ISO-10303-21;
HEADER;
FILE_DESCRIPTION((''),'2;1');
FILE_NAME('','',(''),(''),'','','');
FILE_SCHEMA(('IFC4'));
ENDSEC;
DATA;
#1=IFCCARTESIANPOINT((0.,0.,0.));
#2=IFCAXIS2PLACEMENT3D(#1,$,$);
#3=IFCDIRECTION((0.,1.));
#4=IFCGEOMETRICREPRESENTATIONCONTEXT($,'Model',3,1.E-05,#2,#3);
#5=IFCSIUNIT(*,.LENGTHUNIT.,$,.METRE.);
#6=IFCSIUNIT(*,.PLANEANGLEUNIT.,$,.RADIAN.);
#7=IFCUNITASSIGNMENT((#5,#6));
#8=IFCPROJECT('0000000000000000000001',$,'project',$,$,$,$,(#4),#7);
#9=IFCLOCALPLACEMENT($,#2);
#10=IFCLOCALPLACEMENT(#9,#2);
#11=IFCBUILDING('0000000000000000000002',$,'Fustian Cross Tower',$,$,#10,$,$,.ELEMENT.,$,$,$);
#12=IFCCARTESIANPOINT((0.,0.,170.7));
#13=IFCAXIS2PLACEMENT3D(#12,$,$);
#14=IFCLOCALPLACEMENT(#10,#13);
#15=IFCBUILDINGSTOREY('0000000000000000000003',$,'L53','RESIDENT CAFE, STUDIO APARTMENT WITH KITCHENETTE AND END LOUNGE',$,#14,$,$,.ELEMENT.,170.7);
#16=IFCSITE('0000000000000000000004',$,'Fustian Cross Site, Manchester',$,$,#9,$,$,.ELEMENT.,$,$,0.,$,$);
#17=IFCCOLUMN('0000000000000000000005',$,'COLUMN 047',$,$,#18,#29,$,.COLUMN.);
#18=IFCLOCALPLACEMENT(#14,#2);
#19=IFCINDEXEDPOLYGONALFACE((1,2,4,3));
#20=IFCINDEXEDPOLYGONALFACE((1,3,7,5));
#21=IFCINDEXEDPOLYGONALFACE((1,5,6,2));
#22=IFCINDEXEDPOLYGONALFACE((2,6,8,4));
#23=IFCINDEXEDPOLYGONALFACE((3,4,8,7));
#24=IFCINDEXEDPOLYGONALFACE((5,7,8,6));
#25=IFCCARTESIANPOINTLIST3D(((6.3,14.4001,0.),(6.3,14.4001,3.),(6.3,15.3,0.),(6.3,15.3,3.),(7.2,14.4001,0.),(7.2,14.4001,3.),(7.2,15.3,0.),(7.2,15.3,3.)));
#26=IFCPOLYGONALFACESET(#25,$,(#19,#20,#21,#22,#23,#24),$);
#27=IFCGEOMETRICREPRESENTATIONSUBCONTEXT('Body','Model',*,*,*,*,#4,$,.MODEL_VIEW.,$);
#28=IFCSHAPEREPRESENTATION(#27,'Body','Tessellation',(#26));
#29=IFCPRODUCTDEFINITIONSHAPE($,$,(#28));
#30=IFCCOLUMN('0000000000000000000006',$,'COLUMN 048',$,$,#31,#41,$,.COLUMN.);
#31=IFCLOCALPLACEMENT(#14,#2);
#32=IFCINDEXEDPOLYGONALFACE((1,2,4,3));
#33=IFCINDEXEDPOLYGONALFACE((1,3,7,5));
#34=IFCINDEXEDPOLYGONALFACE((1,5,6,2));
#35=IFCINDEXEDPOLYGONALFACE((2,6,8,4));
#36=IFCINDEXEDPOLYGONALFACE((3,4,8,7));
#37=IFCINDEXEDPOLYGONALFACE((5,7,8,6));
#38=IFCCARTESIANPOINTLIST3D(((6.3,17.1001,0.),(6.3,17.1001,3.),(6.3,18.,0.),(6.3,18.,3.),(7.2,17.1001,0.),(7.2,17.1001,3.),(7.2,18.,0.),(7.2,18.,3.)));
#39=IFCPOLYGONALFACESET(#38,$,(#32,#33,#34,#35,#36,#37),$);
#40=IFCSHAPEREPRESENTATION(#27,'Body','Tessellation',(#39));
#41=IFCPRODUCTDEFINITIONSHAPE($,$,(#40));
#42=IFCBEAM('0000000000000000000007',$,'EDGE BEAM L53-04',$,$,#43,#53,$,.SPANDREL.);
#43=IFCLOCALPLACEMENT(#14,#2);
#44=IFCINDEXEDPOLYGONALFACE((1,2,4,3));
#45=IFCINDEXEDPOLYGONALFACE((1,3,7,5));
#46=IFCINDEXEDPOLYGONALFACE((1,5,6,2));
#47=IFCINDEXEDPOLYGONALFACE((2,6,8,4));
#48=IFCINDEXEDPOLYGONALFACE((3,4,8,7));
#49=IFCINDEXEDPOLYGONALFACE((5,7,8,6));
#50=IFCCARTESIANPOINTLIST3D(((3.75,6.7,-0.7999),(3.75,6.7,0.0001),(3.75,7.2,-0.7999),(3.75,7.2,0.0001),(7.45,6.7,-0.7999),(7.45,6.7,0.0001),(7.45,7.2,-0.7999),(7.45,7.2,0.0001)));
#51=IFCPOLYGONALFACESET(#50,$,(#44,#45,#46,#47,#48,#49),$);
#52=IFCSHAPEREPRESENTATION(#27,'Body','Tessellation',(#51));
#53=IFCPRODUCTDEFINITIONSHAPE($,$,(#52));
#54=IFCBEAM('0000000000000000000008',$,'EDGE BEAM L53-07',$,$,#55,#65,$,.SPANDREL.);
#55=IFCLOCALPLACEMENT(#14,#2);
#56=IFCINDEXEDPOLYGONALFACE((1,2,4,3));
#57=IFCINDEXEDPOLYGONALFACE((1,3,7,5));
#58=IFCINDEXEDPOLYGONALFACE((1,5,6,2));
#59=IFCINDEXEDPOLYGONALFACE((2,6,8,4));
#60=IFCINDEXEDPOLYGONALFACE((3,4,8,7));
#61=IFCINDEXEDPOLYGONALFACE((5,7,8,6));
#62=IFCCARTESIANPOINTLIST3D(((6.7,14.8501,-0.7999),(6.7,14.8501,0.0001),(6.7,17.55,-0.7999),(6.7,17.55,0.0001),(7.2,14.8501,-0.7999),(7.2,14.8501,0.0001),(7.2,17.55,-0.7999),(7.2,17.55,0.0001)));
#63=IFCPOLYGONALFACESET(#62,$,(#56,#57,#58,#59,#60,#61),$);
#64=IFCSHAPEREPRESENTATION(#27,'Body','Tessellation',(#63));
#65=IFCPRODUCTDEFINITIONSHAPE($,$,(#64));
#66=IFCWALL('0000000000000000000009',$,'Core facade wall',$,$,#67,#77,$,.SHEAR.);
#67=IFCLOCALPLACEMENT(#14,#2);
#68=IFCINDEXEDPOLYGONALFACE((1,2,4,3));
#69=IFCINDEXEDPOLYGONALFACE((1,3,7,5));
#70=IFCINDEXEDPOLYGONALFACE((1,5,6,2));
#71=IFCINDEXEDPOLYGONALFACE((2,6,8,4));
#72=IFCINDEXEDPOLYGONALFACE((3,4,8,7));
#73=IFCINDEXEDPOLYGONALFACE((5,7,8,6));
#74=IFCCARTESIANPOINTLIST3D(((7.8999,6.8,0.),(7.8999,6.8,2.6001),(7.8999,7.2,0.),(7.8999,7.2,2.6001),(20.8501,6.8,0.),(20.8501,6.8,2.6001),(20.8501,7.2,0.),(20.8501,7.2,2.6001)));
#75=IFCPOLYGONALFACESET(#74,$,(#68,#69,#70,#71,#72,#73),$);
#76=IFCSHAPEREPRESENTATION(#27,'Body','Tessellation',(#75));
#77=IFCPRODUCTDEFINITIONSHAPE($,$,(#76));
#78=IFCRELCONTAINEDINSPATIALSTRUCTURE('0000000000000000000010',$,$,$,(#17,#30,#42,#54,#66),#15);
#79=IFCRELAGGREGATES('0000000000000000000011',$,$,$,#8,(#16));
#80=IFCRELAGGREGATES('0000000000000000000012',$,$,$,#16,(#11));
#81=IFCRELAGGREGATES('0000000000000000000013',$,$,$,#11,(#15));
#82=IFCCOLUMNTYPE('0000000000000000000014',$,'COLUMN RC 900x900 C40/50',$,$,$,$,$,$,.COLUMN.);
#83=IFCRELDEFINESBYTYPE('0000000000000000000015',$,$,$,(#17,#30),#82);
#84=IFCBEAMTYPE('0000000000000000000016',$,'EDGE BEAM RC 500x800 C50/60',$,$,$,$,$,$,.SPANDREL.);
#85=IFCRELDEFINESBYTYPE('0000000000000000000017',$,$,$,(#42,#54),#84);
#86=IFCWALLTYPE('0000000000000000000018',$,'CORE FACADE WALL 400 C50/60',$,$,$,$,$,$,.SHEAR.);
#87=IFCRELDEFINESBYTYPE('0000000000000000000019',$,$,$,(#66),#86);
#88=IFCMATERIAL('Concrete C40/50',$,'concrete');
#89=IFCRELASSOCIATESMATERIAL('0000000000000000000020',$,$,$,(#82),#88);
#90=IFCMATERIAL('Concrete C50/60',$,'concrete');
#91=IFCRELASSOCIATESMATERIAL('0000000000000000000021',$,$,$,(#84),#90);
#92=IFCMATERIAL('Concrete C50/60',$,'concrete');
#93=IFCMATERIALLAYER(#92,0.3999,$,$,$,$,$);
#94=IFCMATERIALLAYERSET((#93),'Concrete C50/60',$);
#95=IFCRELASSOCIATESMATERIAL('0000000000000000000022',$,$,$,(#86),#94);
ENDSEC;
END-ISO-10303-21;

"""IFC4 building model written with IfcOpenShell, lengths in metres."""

from ifc_helpers import new_model, si_unit, direction, frame, frame_2d, origin, origin_2d, place, context, subcontext, project, spatial, rectangle, extrude, material, layer, layer_set, material_profile, profile_set, type_object, element, save


model = new_model("IFC4")

# Units and contexts
model_context = context("Model", 3, precision=1e-05, world=origin(), true_north=direction((0.0, 1.0)))
body_context = subcontext(model_context, "Body", "Model", "MODEL_VIEW")
ifc_project = project(units=[si_unit("LENGTHUNIT", "METRE"), si_unit("PLANEANGLEUNIT", "RADIAN")], contexts=[model_context])

# Site, building, storey
site_placement = place(None, origin())
site = spatial("IfcSite", under=ifc_project, at=site_placement, Name="Fustian Cross Site, Manchester", CompositionType="ELEMENT", RefElevation=0.0)
building_placement = place(site_placement, origin())
building = spatial("IfcBuilding", under=site, at=building_placement, Name="Fustian Cross Tower", CompositionType="ELEMENT")
storey_placement = place(building_placement, frame((0.0, 0.0, 170.7)))
storey = spatial("IfcBuildingStorey", under=building, at=storey_placement, Name="L53", Description="RESIDENT CAFE, STUDIO APARTMENT WITH KITCHENETTE AND END LOUNGE", CompositionType="ELEMENT", Elevation=170.7)

# Columns
ifc_material_1 = material(Name="Concrete C40/50", Category="concrete")
ifc_material_profile_1 = material_profile(ifc_material_1, rectangle(XDim=0.8999, YDim=0.8999, at=origin_2d()), Name="RC 900x900")
ifc_profile_set_1 = profile_set([ifc_material_profile_1], Name="Concrete C40/50")
column_type = type_object("IfcColumnType", Name="COLUMN RC 900x900 C40/50", PredefinedType="COLUMN", material=ifc_profile_set_1)
for number, where, z_axis, x_axis, name in (
    (1, (6.75, 14.8501, 0.0), (0.0, 0.0, 1.0), (1.0, 0.0, 0.0), "COLUMN 047"),
    (2, (6.75, 17.55, 0.0), (0.0, 0.0, 1.0), (1.0, 0.0, 0.0), "COLUMN 048"),
):
    element("IfcColumn", number, at=place(storey_placement, frame(where, z_axis=z_axis, x_axis=x_axis)), inside=storey, type_object=column_type, Name=name, PredefinedType="COLUMN", context=body_context, shape_type="SweptSolid", body=[
        extrude(rectangle(XDim=0.8999, YDim=0.8999, at=origin_2d()), origin(), (0.0, 0.0, 1.0), 3.0),
    ])

# Beams
ifc_material_2 = material(Name="Concrete C50/60", Category="concrete")
ifc_material_profile_2 = material_profile(ifc_material_2, rectangle(XDim=0.5, YDim=0.8, at=origin_2d()), Name="RC 500x800")
ifc_profile_set_2 = profile_set([ifc_material_profile_2], Name="Concrete C50/60")
beam_type = type_object("IfcBeamType", Name="EDGE BEAM RC 500x800 C50/60", PredefinedType="SPANDREL", material=ifc_profile_set_2)
beam_1_placement = place(storey_placement, frame((7.45, 6.95, -0.3999), z_axis=(-1.0, 0.0, 0.0), x_axis=(0.0, -1.0, 0.0)))
element("IfcBeam", 3, at=beam_1_placement, inside=storey, type_object=beam_type, Name="EDGE BEAM L53-04", PredefinedType="SPANDREL", context=body_context, shape_type="SweptSolid", body=[
    extrude(rectangle(XDim=0.5, YDim=0.8, at=origin_2d()), origin(), (0.0, 0.0, 1.0), 3.7),
])
beam_2_placement = place(storey_placement, frame((6.95, 14.8501, -0.3999), z_axis=(0.0, 1.0, 0.0), x_axis=(-1.0, 0.0, 0.0)))
element("IfcBeam", 4, at=beam_2_placement, inside=storey, type_object=beam_type, Name="EDGE BEAM L53-07", PredefinedType="SPANDREL", context=body_context, shape_type="SweptSolid", body=[
    extrude(rectangle(XDim=0.5, YDim=0.8, at=origin_2d()), origin(), (0.0, 0.0, 1.0), 2.7),
])

# Wall
ifc_material_3 = material(Name="Concrete C50/60", Category="concrete")
ifc_layer_1 = layer(ifc_material_3, 0.3999)
ifc_layer_set_1 = layer_set([ifc_layer_1], Name="Concrete C50/60")
wall_type_1 = type_object("IfcWallType", Name="CORE FACADE WALL 400 C50/60", PredefinedType="SHEAR", material=ifc_layer_set_1)
wall_1_placement = place(storey_placement, frame((7.8999, 7.0, 0.0), z_axis=(0.0, 0.0, 1.0), x_axis=(1.0, 0.0, 0.0)))
element("IfcWall", 5, at=wall_1_placement, inside=storey, type_object=wall_type_1, Name="Core facade wall", PredefinedType="SHEAR", context=body_context, shape_type="SweptSolid", body=[
    extrude(rectangle(XDim=12.9502, YDim=0.3999, at=frame_2d((6.4751, 0.0))), origin(), (0.0, 0.0, 1.0), 2.6001),
])

save(model, "model.ifc")
